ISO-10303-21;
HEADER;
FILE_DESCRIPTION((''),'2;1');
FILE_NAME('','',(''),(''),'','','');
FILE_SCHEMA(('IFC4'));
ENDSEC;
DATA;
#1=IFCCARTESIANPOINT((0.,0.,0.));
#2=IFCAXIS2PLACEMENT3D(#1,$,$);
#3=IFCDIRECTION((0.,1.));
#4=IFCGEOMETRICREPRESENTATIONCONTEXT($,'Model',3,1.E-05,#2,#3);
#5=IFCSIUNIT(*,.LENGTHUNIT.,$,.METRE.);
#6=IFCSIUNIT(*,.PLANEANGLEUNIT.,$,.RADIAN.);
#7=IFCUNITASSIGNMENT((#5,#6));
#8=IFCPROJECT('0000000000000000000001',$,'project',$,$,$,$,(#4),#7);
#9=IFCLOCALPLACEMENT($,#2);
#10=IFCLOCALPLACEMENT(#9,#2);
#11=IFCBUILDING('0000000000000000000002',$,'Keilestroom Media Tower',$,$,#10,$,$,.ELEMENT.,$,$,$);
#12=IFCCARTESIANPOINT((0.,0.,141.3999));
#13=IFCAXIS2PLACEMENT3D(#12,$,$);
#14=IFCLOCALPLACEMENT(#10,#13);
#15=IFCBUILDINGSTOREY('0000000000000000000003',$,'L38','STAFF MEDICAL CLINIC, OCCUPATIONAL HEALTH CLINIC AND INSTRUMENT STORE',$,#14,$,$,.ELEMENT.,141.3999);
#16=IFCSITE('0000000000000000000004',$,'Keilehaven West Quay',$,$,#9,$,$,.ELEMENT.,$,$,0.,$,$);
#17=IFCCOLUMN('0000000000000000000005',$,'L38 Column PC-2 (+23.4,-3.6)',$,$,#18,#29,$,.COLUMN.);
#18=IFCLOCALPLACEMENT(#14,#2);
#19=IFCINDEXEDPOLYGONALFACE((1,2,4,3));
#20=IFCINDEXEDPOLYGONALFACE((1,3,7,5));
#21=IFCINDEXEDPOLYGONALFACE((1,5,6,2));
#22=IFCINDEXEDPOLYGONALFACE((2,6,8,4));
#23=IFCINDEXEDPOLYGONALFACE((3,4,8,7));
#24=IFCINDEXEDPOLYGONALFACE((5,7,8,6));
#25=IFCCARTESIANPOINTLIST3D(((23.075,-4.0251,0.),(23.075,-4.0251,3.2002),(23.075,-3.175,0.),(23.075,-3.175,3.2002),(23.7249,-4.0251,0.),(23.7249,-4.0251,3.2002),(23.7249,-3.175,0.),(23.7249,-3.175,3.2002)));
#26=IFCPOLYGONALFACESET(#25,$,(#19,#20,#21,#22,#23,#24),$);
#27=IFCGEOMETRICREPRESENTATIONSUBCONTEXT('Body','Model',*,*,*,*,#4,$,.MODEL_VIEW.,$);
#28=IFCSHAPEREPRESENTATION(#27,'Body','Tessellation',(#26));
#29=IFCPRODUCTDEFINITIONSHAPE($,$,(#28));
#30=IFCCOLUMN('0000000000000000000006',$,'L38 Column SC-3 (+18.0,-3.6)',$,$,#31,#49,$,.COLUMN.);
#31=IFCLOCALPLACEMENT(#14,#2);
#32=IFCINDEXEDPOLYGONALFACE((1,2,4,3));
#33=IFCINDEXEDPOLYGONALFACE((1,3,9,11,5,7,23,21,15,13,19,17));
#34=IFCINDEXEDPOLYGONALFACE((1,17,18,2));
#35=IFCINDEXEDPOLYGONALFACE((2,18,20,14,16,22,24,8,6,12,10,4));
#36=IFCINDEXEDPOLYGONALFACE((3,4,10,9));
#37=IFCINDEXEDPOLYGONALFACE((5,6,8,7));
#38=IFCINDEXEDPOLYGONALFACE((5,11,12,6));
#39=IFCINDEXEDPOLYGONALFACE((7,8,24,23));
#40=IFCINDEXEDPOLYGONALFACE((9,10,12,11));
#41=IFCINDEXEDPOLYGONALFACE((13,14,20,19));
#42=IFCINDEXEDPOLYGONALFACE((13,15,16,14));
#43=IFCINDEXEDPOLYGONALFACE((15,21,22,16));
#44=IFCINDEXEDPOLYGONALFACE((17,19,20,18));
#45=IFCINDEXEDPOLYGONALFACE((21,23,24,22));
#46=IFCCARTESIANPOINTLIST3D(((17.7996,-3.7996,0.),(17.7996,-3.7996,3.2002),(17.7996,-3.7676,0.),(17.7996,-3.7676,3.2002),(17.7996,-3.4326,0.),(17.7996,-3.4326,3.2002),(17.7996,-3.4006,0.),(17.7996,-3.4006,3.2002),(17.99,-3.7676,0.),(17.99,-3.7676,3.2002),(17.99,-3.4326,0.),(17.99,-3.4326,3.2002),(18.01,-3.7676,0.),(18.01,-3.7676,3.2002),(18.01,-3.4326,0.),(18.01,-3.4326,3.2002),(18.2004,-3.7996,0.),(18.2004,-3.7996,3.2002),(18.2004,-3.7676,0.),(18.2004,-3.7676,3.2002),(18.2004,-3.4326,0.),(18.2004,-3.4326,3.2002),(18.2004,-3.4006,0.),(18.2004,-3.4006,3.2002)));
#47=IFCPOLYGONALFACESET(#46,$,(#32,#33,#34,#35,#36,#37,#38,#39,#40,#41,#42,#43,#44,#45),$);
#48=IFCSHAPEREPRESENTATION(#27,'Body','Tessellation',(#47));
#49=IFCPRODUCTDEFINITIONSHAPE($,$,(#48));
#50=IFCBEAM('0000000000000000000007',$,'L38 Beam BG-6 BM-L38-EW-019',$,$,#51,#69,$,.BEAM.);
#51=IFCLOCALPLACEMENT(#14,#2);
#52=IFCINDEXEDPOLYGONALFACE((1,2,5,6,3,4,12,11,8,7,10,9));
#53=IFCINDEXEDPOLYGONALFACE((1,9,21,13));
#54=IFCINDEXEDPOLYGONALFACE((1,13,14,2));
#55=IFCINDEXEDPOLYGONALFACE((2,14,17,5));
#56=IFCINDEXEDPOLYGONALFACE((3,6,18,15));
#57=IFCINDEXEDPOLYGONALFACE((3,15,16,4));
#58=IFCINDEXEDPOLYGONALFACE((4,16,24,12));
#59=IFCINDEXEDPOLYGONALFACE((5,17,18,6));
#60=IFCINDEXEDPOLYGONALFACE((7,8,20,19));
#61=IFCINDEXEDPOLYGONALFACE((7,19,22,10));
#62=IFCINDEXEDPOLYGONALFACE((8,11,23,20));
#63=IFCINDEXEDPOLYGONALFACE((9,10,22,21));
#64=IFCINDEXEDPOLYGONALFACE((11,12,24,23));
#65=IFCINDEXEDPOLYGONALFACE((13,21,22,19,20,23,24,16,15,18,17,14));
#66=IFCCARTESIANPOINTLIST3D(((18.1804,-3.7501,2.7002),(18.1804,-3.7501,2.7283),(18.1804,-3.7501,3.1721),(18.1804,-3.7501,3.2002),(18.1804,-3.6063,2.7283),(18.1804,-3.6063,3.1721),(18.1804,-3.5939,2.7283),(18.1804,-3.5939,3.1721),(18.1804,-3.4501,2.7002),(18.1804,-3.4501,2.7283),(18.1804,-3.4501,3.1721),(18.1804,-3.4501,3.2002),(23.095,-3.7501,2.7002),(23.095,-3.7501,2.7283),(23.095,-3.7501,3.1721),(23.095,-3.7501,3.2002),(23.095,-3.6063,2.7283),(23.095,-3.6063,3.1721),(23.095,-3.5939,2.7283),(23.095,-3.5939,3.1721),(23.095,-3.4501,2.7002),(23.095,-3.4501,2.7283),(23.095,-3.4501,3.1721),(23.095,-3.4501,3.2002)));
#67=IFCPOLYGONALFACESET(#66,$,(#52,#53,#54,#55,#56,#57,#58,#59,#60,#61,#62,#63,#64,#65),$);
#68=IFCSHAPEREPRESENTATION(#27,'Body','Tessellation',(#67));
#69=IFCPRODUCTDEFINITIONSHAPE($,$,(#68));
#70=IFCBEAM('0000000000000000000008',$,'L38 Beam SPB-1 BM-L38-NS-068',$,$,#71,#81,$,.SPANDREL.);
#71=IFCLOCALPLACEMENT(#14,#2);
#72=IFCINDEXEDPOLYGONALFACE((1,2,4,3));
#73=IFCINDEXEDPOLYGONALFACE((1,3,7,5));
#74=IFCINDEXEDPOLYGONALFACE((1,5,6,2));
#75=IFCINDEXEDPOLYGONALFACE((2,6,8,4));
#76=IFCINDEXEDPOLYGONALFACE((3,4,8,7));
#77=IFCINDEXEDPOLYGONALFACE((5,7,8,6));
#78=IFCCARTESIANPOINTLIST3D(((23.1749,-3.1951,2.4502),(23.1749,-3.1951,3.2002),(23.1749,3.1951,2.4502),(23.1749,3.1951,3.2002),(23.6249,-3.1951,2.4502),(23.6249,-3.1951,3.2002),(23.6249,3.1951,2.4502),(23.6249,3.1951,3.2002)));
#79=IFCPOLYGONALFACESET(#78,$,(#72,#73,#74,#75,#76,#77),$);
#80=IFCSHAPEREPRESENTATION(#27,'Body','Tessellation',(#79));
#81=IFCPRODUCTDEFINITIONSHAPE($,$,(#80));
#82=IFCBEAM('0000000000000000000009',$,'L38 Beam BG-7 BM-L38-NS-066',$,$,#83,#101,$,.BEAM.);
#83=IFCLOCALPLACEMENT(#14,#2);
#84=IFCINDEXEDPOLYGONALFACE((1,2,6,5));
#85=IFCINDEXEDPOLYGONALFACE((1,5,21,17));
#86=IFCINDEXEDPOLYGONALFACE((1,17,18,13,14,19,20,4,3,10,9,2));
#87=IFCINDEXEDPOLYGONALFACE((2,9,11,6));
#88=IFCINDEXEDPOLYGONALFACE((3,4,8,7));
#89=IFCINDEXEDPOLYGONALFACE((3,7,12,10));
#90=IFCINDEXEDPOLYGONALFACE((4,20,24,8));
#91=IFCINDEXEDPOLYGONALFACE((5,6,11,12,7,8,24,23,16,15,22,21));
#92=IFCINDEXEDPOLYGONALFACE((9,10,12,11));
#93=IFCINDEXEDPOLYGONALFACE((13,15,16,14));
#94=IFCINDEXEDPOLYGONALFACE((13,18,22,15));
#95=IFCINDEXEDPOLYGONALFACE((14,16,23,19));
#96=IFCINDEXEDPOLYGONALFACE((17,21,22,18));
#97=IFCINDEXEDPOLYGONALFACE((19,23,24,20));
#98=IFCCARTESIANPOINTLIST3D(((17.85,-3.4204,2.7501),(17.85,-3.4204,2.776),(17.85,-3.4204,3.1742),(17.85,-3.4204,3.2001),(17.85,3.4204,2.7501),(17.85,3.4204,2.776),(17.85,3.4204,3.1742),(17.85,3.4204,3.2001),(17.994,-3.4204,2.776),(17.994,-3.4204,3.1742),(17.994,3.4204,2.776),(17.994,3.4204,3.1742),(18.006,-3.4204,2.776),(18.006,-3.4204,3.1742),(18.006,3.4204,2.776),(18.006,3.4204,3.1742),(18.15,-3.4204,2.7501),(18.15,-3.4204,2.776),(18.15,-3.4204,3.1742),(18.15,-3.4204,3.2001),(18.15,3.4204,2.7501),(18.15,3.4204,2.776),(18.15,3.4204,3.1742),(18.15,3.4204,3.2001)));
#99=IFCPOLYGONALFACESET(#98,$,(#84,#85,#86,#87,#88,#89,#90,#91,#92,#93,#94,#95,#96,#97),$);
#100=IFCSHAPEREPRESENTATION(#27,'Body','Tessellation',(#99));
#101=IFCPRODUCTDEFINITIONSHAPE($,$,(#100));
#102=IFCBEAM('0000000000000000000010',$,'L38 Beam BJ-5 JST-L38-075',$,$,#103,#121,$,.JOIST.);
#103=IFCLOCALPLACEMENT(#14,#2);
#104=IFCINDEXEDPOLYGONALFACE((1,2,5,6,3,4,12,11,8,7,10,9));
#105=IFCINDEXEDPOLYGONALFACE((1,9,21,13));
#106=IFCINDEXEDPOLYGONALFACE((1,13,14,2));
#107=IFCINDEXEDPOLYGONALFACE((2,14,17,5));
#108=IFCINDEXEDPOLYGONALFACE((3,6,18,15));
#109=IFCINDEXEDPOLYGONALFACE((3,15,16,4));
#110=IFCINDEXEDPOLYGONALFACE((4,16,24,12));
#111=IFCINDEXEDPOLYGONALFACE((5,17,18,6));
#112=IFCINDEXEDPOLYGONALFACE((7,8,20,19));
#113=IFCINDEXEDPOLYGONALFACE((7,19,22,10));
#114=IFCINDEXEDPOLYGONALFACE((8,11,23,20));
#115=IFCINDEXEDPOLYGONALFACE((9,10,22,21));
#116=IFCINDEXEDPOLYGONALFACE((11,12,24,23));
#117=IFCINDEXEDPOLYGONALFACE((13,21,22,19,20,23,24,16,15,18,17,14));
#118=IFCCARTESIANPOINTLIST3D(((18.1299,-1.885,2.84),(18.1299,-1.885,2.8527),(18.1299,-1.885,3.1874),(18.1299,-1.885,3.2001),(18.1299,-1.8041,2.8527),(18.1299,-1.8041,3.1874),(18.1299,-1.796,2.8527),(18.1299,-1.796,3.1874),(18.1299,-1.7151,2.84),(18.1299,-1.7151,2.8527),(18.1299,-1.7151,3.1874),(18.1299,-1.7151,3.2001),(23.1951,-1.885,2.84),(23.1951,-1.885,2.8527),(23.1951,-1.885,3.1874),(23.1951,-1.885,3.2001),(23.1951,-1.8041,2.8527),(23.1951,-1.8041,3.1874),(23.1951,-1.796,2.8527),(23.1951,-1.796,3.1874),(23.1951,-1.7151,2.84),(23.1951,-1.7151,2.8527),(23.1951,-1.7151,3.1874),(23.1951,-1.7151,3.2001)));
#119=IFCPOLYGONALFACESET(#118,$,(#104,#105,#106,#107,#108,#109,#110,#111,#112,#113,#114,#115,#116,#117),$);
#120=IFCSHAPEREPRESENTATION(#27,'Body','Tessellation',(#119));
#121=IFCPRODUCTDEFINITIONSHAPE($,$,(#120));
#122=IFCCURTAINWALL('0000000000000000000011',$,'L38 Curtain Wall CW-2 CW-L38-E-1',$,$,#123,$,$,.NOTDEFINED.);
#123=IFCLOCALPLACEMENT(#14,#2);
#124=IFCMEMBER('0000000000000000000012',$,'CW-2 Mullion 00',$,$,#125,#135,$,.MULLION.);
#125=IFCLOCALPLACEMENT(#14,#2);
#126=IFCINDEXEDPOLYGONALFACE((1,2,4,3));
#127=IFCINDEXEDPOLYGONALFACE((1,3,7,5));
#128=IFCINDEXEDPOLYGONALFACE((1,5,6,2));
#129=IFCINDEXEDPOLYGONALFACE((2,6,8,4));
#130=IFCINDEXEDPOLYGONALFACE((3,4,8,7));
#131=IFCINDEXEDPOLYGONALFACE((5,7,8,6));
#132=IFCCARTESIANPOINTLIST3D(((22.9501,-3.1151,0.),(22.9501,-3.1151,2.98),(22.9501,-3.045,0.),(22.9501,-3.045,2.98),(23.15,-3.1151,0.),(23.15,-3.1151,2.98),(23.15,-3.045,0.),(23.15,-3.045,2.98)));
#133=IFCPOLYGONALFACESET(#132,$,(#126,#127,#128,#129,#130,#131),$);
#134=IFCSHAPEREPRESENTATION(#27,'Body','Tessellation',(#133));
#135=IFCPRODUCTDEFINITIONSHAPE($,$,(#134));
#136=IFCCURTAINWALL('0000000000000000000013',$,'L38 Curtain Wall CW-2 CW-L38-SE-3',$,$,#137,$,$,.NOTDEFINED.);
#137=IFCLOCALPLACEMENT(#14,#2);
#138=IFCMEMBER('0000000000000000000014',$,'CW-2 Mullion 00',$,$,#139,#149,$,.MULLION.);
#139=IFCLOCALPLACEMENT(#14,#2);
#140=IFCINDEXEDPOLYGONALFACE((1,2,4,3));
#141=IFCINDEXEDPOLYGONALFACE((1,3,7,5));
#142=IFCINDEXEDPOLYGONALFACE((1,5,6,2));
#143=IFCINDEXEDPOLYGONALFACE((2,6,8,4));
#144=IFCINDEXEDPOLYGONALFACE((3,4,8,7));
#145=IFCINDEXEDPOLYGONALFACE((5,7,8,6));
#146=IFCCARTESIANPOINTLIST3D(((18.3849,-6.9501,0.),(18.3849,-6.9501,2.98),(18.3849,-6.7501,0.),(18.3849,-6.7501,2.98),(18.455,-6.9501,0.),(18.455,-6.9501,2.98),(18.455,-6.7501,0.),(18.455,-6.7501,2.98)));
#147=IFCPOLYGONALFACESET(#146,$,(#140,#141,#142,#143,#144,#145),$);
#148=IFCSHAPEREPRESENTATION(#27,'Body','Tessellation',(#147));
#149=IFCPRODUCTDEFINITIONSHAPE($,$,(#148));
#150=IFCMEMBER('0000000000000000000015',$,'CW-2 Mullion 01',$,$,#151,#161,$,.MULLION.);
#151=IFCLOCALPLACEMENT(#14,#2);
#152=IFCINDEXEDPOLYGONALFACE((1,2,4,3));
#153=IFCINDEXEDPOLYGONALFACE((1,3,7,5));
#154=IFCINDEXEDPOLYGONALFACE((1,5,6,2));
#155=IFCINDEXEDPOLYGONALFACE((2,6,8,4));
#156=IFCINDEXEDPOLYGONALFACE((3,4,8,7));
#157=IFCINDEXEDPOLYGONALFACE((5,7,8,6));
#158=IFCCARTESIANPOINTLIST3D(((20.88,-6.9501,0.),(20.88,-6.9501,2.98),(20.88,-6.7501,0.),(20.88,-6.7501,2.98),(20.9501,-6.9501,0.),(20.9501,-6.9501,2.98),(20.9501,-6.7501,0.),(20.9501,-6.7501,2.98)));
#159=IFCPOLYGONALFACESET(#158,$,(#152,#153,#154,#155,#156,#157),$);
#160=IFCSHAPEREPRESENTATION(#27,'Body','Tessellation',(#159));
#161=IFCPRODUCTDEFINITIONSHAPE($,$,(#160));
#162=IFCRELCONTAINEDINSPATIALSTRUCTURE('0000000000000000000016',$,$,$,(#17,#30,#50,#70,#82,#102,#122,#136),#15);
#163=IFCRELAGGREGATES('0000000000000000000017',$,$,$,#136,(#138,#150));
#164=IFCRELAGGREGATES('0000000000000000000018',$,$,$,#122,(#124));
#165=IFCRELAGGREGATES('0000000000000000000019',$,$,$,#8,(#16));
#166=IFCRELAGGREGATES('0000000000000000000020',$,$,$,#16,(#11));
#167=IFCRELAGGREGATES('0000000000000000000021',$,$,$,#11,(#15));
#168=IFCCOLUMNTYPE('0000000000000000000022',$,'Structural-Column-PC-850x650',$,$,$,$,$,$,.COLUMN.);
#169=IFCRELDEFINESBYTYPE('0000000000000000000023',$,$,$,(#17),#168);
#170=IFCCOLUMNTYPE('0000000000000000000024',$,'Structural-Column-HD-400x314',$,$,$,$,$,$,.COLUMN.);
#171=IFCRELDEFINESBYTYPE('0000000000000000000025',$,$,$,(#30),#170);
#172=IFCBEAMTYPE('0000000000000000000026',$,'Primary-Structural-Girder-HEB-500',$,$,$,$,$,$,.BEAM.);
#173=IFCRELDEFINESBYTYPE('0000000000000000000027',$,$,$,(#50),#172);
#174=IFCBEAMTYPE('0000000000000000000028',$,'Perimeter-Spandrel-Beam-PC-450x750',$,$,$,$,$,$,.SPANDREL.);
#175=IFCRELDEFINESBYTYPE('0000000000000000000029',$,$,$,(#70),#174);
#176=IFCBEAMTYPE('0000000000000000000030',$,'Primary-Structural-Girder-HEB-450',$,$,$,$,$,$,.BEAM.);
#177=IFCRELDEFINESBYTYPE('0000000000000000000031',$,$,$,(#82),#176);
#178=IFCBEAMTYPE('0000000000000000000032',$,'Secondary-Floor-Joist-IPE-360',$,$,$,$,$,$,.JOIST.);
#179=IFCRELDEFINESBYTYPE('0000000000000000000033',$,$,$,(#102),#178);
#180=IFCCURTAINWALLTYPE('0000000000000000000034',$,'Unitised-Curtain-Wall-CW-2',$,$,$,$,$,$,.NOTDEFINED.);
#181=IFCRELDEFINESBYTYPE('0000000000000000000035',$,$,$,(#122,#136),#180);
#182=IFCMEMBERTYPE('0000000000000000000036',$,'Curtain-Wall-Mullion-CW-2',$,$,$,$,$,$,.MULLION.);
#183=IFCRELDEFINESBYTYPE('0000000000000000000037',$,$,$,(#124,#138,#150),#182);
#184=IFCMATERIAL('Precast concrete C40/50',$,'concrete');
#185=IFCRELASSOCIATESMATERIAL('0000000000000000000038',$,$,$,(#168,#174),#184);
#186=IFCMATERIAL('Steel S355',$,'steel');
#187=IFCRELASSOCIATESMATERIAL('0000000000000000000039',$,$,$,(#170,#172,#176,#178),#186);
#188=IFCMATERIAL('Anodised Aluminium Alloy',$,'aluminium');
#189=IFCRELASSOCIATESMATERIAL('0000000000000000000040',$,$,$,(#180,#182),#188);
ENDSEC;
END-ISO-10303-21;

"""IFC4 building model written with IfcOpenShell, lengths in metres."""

from ifc_helpers import new_model, si_unit, direction, frame, origin, origin_2d, place, context, subcontext, project, spatial, rectangle, i_section, extrude, source, transform, mapped, material, material_profile, profile_set, type_object, element, aggregate, save


model = new_model("IFC4")

# Units and contexts
model_context = context("Model", 3, precision=1e-05, world=origin(), true_north=direction((0.0, 1.0)))
body_context = subcontext(model_context, "Body", "Model", "MODEL_VIEW")
ifc_project = project(units=[si_unit("LENGTHUNIT", "METRE"), si_unit("PLANEANGLEUNIT", "RADIAN")], contexts=[model_context])

# Site, building, storey
site_placement = place(None, origin())
site = spatial("IfcSite", under=ifc_project, at=site_placement, Name="Keilehaven West Quay", CompositionType="ELEMENT", RefElevation=0.0)
building_placement = place(site_placement, origin())
building = spatial("IfcBuilding", under=site, at=building_placement, Name="Keilestroom Media Tower", CompositionType="ELEMENT")
storey_placement = place(building_placement, frame((0.0, 0.0, 141.3999)))
storey = spatial("IfcBuildingStorey", under=building, at=storey_placement, Name="L38", Description="STAFF MEDICAL CLINIC, OCCUPATIONAL HEALTH CLINIC AND INSTRUMENT STORE", CompositionType="ELEMENT", Elevation=141.3999)

# Columns
ifc_material_1 = material(Name="Precast concrete C40/50", Category="concrete")
ifc_material_profile_1 = material_profile(ifc_material_1, rectangle(XDim=0.6499, YDim=0.8501, at=origin_2d()), Name="PC 850x650")
ifc_profile_set_1 = profile_set([ifc_material_profile_1], Name="Precast concrete C40/50")
column_type_1 = type_object("IfcColumnType", Name="Structural-Column-PC-850x650", PredefinedType="COLUMN", material=ifc_profile_set_1)
shared_shape_1 = source(origin(), body_context, "Body", "SweptSolid", [
    extrude(rectangle(XDim=0.6499, YDim=0.8501, at=origin_2d()), origin(), (0.0, 0.0, 1.0), 3.2002),
])
column_1_placement = place(storey_placement, frame((23.3999, -3.6001, 0.0), z_axis=(0.0, 0.0, 1.0), x_axis=(1.0, 0.0, 0.0)))
element("IfcColumn", 1, at=column_1_placement, inside=storey, type_object=column_type_1, Name="L38 Column PC-2 (+23.4,-3.6)", PredefinedType="COLUMN", context=body_context, shape_type="MappedRepresentation", body=[
    mapped(shared_shape_1, transform((0.0, 0.0, 0.0), x_axis=(1.0, 0.0, 0.0), y_axis=(0.0, 1.0, 0.0), z_axis=(0.0, 0.0, 1.0), scale=1.0)),
])
ifc_material_2 = material(Name="Steel S355", Category="steel")
ifc_material_profile_2 = material_profile(ifc_material_2, i_section(OverallWidth=0.4009, OverallDepth=0.3989, WebThickness=0.02, FlangeThickness=0.032, at=origin_2d()), Name="HD 400x314")
ifc_profile_set_2 = profile_set([ifc_material_profile_2], Name="Steel S355")
column_type_2 = type_object("IfcColumnType", Name="Structural-Column-HD-400x314", PredefinedType="COLUMN", material=ifc_profile_set_2)
shared_shape_2 = source(origin(), body_context, "Body", "SweptSolid", [
    extrude(i_section(OverallWidth=0.4009, OverallDepth=0.3989, WebThickness=0.02, FlangeThickness=0.032, at=origin_2d()), origin(), (0.0, 0.0, 1.0), 3.2002),
])
column_2_placement = place(storey_placement, frame((18.0, -3.6001, 0.0), z_axis=(0.0, 0.0, 1.0), x_axis=(1.0, 0.0, 0.0)))
element("IfcColumn", 2, at=column_2_placement, inside=storey, type_object=column_type_2, Name="L38 Column SC-3 (+18.0,-3.6)", PredefinedType="COLUMN", context=body_context, shape_type="MappedRepresentation", body=[
    mapped(shared_shape_2, transform((0.0, 0.0, 0.0), x_axis=(1.0, 0.0, 0.0), y_axis=(0.0, 1.0, 0.0), z_axis=(0.0, 0.0, 1.0), scale=1.0)),
])

# Beams
ifc_material_profile_3 = material_profile(ifc_material_2, i_section(OverallWidth=0.3, OverallDepth=0.5, WebThickness=0.0125, FlangeThickness=0.0281, at=origin_2d()), Name="HEB 500")
ifc_profile_set_3 = profile_set([ifc_material_profile_3], Name="Steel S355")
beam_type_1 = type_object("IfcBeamType", Name="Primary-Structural-Girder-HEB-500", PredefinedType="BEAM", material=ifc_profile_set_3)
shared_shape_3 = source(origin(), body_context, "Body", "SweptSolid", [
    extrude(i_section(OverallWidth=0.3, OverallDepth=0.5, WebThickness=0.0125, FlangeThickness=0.0281, at=origin_2d()), origin(), (0.0, 0.0, 1.0), 4.9146),
])
beam_1_placement = place(storey_placement, frame((18.1804, -3.6001, 2.9502), z_axis=(1.0, 0.0, 0.0), x_axis=(0.0, 1.0, 0.0)))
element("IfcBeam", 3, at=beam_1_placement, inside=storey, type_object=beam_type_1, Name="L38 Beam BG-6 BM-L38-EW-019", PredefinedType="BEAM", context=body_context, shape_type="MappedRepresentation", body=[
    mapped(shared_shape_3, transform((0.0, 0.0, 0.0), x_axis=(1.0, 0.0, 0.0), y_axis=(0.0, 1.0, 0.0), z_axis=(0.0, 0.0, 1.0), scale=1.0)),
])
ifc_material_profile_4 = material_profile(ifc_material_1, rectangle(XDim=0.45, YDim=0.75, at=origin_2d()), Name="PC 450x750")
ifc_profile_set_4 = profile_set([ifc_material_profile_4], Name="Precast concrete C40/50")
beam_type_2 = type_object("IfcBeamType", Name="Perimeter-Spandrel-Beam-PC-450x750", PredefinedType="SPANDREL", material=ifc_profile_set_4)
shared_shape_4 = source(origin(), body_context, "Body", "SweptSolid", [
    extrude(rectangle(XDim=0.45, YDim=0.75, at=origin_2d()), origin(), (0.0, 0.0, 1.0), 6.3901),
])
beam_2_placement = place(storey_placement, frame((23.3999, -3.1951, 2.8252), z_axis=(0.0, 1.0, 0.0), x_axis=(-1.0, 0.0, 0.0)))
element("IfcBeam", 4, at=beam_2_placement, inside=storey, type_object=beam_type_2, Name="L38 Beam SPB-1 BM-L38-NS-068", PredefinedType="SPANDREL", context=body_context, shape_type="MappedRepresentation", body=[
    mapped(shared_shape_4, transform((0.0, 0.0, 0.0), x_axis=(1.0, 0.0, 0.0), y_axis=(0.0, 1.0, 0.0), z_axis=(0.0, 0.0, 1.0), scale=1.0)),
])
ifc_material_profile_5 = material_profile(ifc_material_2, i_section(OverallWidth=0.3, OverallDepth=0.45, WebThickness=0.012, FlangeThickness=0.0259, at=origin_2d()), Name="HEB 450")
ifc_profile_set_5 = profile_set([ifc_material_profile_5], Name="Steel S355")
beam_type_3 = type_object("IfcBeamType", Name="Primary-Structural-Girder-HEB-450", PredefinedType="BEAM", material=ifc_profile_set_5)
shared_shape_5 = source(origin(), body_context, "Body", "SweptSolid", [
    extrude(i_section(OverallWidth=0.3, OverallDepth=0.45, WebThickness=0.012, FlangeThickness=0.0259, at=origin_2d()), origin(), (0.0, 0.0, 1.0), 6.8408),
])
beam_3_placement = place(storey_placement, frame((18.0, -3.4204, 2.9751), z_axis=(0.0, 1.0, 0.0), x_axis=(-1.0, 0.0, 0.0)))
element("IfcBeam", 5, at=beam_3_placement, inside=storey, type_object=beam_type_3, Name="L38 Beam BG-7 BM-L38-NS-066", PredefinedType="BEAM", context=body_context, shape_type="MappedRepresentation", body=[
    mapped(shared_shape_5, transform((0.0, 0.0, 0.0), x_axis=(1.0, 0.0, 0.0), y_axis=(0.0, 1.0, 0.0), z_axis=(0.0, 0.0, 1.0), scale=1.0)),
])
ifc_material_profile_6 = material_profile(ifc_material_2, i_section(OverallWidth=0.1699, OverallDepth=0.3601, WebThickness=0.0081, FlangeThickness=0.0127, at=origin_2d()), Name="IPE 360")
ifc_profile_set_6 = profile_set([ifc_material_profile_6], Name="Steel S355")
beam_type_4 = type_object("IfcBeamType", Name="Secondary-Floor-Joist-IPE-360", PredefinedType="JOIST", material=ifc_profile_set_6)
shared_shape_6 = source(origin(), body_context, "Body", "SweptSolid", [
    extrude(i_section(OverallWidth=0.1699, OverallDepth=0.3601, WebThickness=0.0081, FlangeThickness=0.0127, at=origin_2d()), origin(), (0.0, 0.0, 1.0), 5.0652),
])
beam_4_placement = place(storey_placement, frame((18.1299, -1.8, 3.02), z_axis=(1.0, 0.0, 0.0), x_axis=(0.0, 1.0, 0.0)))
element("IfcBeam", 6, at=beam_4_placement, inside=storey, type_object=beam_type_4, Name="L38 Beam BJ-5 JST-L38-075", PredefinedType="JOIST", context=body_context, shape_type="MappedRepresentation", body=[
    mapped(shared_shape_6, transform((0.0, 0.0, 0.0), x_axis=(1.0, 0.0, 0.0), y_axis=(0.0, 1.0, 0.0), z_axis=(0.0, 0.0, 1.0), scale=1.0)),
])

# Curtain wall, member
ifc_material_3 = material(Name="Anodised Aluminium Alloy", Category="aluminium")
curtain_wall_type = type_object("IfcCurtainWallType", Name="Unitised-Curtain-Wall-CW-2", PredefinedType="NOTDEFINED", material=ifc_material_3)
curtain_wall_1_placement = place(storey_placement, origin())
curtain_wall_1 = element("IfcCurtainWall", 7, at=curtain_wall_1_placement, inside=storey, type_object=curtain_wall_type, Name="L38 Curtain Wall CW-2 CW-L38-E-1", PredefinedType="NOTDEFINED")
ifc_material_profile_7 = material_profile(ifc_material_3, rectangle(XDim=0.0701, YDim=0.2, at=origin_2d()), Name="ALU MULLION 70x200")
ifc_profile_set_7 = profile_set([ifc_material_profile_7], Name="Anodised Aluminium Alloy")
member_type_1 = type_object("IfcMemberType", Name="Curtain-Wall-Mullion-CW-2", PredefinedType="MULLION", material=ifc_profile_set_7)
shared_shape_7 = source(origin(), body_context, "Body", "SweptSolid", [
    extrude(rectangle(XDim=0.0701, YDim=0.2, at=origin_2d()), origin(), (0.0, 0.0, 1.0), 2.98),
])
member_1_placement = place(storey_placement, frame((23.05, -3.0801, 0.0), z_axis=(0.0, 0.0, 1.0), x_axis=(0.0, 1.0, 0.0)))
member_1 = element("IfcMember", 8, at=member_1_placement, type_object=member_type_1, Name="CW-2 Mullion 00", PredefinedType="MULLION", context=body_context, shape_type="MappedRepresentation", body=[
    mapped(shared_shape_7, transform((0.0, 0.0, 0.0), x_axis=(1.0, 0.0, 0.0), y_axis=(0.0, 1.0, 0.0), z_axis=(0.0, 0.0, 1.0), scale=1.0)),
])

# Curtain wall, members
curtain_wall_2_placement = place(storey_placement, origin())
curtain_wall_2 = element("IfcCurtainWall", 9, at=curtain_wall_2_placement, inside=storey, type_object=curtain_wall_type, Name="L38 Curtain Wall CW-2 CW-L38-SE-3", PredefinedType="NOTDEFINED")
member_2_placement = place(storey_placement, frame((18.4199, -6.8501, 0.0), z_axis=(0.0, 0.0, 1.0), x_axis=(1.0, 0.0, 0.0)))
member_2 = element("IfcMember", 10, at=member_2_placement, type_object=member_type_1, Name="CW-2 Mullion 00", PredefinedType="MULLION", context=body_context, shape_type="MappedRepresentation", body=[
    mapped(shared_shape_7, transform((0.0, 0.0, 0.0), x_axis=(1.0, 0.0, 0.0), y_axis=(0.0, 1.0, 0.0), z_axis=(0.0, 0.0, 1.0), scale=1.0)),
])
member_3_placement = place(storey_placement, frame((20.915, -6.8501, 0.0), z_axis=(0.0, 0.0, 1.0), x_axis=(1.0, 0.0, 0.0)))
member_3 = element("IfcMember", 11, at=member_3_placement, type_object=member_type_1, Name="CW-2 Mullion 01", PredefinedType="MULLION", context=body_context, shape_type="MappedRepresentation", body=[
    mapped(shared_shape_7, transform((0.0, 0.0, 0.0), x_axis=(1.0, 0.0, 0.0), y_axis=(0.0, 1.0, 0.0), z_axis=(0.0, 0.0, 1.0), scale=1.0)),
])

aggregate(curtain_wall_2, [member_2, member_3])
aggregate(curtain_wall_1, [member_1])

save(model, "model.ifc")
